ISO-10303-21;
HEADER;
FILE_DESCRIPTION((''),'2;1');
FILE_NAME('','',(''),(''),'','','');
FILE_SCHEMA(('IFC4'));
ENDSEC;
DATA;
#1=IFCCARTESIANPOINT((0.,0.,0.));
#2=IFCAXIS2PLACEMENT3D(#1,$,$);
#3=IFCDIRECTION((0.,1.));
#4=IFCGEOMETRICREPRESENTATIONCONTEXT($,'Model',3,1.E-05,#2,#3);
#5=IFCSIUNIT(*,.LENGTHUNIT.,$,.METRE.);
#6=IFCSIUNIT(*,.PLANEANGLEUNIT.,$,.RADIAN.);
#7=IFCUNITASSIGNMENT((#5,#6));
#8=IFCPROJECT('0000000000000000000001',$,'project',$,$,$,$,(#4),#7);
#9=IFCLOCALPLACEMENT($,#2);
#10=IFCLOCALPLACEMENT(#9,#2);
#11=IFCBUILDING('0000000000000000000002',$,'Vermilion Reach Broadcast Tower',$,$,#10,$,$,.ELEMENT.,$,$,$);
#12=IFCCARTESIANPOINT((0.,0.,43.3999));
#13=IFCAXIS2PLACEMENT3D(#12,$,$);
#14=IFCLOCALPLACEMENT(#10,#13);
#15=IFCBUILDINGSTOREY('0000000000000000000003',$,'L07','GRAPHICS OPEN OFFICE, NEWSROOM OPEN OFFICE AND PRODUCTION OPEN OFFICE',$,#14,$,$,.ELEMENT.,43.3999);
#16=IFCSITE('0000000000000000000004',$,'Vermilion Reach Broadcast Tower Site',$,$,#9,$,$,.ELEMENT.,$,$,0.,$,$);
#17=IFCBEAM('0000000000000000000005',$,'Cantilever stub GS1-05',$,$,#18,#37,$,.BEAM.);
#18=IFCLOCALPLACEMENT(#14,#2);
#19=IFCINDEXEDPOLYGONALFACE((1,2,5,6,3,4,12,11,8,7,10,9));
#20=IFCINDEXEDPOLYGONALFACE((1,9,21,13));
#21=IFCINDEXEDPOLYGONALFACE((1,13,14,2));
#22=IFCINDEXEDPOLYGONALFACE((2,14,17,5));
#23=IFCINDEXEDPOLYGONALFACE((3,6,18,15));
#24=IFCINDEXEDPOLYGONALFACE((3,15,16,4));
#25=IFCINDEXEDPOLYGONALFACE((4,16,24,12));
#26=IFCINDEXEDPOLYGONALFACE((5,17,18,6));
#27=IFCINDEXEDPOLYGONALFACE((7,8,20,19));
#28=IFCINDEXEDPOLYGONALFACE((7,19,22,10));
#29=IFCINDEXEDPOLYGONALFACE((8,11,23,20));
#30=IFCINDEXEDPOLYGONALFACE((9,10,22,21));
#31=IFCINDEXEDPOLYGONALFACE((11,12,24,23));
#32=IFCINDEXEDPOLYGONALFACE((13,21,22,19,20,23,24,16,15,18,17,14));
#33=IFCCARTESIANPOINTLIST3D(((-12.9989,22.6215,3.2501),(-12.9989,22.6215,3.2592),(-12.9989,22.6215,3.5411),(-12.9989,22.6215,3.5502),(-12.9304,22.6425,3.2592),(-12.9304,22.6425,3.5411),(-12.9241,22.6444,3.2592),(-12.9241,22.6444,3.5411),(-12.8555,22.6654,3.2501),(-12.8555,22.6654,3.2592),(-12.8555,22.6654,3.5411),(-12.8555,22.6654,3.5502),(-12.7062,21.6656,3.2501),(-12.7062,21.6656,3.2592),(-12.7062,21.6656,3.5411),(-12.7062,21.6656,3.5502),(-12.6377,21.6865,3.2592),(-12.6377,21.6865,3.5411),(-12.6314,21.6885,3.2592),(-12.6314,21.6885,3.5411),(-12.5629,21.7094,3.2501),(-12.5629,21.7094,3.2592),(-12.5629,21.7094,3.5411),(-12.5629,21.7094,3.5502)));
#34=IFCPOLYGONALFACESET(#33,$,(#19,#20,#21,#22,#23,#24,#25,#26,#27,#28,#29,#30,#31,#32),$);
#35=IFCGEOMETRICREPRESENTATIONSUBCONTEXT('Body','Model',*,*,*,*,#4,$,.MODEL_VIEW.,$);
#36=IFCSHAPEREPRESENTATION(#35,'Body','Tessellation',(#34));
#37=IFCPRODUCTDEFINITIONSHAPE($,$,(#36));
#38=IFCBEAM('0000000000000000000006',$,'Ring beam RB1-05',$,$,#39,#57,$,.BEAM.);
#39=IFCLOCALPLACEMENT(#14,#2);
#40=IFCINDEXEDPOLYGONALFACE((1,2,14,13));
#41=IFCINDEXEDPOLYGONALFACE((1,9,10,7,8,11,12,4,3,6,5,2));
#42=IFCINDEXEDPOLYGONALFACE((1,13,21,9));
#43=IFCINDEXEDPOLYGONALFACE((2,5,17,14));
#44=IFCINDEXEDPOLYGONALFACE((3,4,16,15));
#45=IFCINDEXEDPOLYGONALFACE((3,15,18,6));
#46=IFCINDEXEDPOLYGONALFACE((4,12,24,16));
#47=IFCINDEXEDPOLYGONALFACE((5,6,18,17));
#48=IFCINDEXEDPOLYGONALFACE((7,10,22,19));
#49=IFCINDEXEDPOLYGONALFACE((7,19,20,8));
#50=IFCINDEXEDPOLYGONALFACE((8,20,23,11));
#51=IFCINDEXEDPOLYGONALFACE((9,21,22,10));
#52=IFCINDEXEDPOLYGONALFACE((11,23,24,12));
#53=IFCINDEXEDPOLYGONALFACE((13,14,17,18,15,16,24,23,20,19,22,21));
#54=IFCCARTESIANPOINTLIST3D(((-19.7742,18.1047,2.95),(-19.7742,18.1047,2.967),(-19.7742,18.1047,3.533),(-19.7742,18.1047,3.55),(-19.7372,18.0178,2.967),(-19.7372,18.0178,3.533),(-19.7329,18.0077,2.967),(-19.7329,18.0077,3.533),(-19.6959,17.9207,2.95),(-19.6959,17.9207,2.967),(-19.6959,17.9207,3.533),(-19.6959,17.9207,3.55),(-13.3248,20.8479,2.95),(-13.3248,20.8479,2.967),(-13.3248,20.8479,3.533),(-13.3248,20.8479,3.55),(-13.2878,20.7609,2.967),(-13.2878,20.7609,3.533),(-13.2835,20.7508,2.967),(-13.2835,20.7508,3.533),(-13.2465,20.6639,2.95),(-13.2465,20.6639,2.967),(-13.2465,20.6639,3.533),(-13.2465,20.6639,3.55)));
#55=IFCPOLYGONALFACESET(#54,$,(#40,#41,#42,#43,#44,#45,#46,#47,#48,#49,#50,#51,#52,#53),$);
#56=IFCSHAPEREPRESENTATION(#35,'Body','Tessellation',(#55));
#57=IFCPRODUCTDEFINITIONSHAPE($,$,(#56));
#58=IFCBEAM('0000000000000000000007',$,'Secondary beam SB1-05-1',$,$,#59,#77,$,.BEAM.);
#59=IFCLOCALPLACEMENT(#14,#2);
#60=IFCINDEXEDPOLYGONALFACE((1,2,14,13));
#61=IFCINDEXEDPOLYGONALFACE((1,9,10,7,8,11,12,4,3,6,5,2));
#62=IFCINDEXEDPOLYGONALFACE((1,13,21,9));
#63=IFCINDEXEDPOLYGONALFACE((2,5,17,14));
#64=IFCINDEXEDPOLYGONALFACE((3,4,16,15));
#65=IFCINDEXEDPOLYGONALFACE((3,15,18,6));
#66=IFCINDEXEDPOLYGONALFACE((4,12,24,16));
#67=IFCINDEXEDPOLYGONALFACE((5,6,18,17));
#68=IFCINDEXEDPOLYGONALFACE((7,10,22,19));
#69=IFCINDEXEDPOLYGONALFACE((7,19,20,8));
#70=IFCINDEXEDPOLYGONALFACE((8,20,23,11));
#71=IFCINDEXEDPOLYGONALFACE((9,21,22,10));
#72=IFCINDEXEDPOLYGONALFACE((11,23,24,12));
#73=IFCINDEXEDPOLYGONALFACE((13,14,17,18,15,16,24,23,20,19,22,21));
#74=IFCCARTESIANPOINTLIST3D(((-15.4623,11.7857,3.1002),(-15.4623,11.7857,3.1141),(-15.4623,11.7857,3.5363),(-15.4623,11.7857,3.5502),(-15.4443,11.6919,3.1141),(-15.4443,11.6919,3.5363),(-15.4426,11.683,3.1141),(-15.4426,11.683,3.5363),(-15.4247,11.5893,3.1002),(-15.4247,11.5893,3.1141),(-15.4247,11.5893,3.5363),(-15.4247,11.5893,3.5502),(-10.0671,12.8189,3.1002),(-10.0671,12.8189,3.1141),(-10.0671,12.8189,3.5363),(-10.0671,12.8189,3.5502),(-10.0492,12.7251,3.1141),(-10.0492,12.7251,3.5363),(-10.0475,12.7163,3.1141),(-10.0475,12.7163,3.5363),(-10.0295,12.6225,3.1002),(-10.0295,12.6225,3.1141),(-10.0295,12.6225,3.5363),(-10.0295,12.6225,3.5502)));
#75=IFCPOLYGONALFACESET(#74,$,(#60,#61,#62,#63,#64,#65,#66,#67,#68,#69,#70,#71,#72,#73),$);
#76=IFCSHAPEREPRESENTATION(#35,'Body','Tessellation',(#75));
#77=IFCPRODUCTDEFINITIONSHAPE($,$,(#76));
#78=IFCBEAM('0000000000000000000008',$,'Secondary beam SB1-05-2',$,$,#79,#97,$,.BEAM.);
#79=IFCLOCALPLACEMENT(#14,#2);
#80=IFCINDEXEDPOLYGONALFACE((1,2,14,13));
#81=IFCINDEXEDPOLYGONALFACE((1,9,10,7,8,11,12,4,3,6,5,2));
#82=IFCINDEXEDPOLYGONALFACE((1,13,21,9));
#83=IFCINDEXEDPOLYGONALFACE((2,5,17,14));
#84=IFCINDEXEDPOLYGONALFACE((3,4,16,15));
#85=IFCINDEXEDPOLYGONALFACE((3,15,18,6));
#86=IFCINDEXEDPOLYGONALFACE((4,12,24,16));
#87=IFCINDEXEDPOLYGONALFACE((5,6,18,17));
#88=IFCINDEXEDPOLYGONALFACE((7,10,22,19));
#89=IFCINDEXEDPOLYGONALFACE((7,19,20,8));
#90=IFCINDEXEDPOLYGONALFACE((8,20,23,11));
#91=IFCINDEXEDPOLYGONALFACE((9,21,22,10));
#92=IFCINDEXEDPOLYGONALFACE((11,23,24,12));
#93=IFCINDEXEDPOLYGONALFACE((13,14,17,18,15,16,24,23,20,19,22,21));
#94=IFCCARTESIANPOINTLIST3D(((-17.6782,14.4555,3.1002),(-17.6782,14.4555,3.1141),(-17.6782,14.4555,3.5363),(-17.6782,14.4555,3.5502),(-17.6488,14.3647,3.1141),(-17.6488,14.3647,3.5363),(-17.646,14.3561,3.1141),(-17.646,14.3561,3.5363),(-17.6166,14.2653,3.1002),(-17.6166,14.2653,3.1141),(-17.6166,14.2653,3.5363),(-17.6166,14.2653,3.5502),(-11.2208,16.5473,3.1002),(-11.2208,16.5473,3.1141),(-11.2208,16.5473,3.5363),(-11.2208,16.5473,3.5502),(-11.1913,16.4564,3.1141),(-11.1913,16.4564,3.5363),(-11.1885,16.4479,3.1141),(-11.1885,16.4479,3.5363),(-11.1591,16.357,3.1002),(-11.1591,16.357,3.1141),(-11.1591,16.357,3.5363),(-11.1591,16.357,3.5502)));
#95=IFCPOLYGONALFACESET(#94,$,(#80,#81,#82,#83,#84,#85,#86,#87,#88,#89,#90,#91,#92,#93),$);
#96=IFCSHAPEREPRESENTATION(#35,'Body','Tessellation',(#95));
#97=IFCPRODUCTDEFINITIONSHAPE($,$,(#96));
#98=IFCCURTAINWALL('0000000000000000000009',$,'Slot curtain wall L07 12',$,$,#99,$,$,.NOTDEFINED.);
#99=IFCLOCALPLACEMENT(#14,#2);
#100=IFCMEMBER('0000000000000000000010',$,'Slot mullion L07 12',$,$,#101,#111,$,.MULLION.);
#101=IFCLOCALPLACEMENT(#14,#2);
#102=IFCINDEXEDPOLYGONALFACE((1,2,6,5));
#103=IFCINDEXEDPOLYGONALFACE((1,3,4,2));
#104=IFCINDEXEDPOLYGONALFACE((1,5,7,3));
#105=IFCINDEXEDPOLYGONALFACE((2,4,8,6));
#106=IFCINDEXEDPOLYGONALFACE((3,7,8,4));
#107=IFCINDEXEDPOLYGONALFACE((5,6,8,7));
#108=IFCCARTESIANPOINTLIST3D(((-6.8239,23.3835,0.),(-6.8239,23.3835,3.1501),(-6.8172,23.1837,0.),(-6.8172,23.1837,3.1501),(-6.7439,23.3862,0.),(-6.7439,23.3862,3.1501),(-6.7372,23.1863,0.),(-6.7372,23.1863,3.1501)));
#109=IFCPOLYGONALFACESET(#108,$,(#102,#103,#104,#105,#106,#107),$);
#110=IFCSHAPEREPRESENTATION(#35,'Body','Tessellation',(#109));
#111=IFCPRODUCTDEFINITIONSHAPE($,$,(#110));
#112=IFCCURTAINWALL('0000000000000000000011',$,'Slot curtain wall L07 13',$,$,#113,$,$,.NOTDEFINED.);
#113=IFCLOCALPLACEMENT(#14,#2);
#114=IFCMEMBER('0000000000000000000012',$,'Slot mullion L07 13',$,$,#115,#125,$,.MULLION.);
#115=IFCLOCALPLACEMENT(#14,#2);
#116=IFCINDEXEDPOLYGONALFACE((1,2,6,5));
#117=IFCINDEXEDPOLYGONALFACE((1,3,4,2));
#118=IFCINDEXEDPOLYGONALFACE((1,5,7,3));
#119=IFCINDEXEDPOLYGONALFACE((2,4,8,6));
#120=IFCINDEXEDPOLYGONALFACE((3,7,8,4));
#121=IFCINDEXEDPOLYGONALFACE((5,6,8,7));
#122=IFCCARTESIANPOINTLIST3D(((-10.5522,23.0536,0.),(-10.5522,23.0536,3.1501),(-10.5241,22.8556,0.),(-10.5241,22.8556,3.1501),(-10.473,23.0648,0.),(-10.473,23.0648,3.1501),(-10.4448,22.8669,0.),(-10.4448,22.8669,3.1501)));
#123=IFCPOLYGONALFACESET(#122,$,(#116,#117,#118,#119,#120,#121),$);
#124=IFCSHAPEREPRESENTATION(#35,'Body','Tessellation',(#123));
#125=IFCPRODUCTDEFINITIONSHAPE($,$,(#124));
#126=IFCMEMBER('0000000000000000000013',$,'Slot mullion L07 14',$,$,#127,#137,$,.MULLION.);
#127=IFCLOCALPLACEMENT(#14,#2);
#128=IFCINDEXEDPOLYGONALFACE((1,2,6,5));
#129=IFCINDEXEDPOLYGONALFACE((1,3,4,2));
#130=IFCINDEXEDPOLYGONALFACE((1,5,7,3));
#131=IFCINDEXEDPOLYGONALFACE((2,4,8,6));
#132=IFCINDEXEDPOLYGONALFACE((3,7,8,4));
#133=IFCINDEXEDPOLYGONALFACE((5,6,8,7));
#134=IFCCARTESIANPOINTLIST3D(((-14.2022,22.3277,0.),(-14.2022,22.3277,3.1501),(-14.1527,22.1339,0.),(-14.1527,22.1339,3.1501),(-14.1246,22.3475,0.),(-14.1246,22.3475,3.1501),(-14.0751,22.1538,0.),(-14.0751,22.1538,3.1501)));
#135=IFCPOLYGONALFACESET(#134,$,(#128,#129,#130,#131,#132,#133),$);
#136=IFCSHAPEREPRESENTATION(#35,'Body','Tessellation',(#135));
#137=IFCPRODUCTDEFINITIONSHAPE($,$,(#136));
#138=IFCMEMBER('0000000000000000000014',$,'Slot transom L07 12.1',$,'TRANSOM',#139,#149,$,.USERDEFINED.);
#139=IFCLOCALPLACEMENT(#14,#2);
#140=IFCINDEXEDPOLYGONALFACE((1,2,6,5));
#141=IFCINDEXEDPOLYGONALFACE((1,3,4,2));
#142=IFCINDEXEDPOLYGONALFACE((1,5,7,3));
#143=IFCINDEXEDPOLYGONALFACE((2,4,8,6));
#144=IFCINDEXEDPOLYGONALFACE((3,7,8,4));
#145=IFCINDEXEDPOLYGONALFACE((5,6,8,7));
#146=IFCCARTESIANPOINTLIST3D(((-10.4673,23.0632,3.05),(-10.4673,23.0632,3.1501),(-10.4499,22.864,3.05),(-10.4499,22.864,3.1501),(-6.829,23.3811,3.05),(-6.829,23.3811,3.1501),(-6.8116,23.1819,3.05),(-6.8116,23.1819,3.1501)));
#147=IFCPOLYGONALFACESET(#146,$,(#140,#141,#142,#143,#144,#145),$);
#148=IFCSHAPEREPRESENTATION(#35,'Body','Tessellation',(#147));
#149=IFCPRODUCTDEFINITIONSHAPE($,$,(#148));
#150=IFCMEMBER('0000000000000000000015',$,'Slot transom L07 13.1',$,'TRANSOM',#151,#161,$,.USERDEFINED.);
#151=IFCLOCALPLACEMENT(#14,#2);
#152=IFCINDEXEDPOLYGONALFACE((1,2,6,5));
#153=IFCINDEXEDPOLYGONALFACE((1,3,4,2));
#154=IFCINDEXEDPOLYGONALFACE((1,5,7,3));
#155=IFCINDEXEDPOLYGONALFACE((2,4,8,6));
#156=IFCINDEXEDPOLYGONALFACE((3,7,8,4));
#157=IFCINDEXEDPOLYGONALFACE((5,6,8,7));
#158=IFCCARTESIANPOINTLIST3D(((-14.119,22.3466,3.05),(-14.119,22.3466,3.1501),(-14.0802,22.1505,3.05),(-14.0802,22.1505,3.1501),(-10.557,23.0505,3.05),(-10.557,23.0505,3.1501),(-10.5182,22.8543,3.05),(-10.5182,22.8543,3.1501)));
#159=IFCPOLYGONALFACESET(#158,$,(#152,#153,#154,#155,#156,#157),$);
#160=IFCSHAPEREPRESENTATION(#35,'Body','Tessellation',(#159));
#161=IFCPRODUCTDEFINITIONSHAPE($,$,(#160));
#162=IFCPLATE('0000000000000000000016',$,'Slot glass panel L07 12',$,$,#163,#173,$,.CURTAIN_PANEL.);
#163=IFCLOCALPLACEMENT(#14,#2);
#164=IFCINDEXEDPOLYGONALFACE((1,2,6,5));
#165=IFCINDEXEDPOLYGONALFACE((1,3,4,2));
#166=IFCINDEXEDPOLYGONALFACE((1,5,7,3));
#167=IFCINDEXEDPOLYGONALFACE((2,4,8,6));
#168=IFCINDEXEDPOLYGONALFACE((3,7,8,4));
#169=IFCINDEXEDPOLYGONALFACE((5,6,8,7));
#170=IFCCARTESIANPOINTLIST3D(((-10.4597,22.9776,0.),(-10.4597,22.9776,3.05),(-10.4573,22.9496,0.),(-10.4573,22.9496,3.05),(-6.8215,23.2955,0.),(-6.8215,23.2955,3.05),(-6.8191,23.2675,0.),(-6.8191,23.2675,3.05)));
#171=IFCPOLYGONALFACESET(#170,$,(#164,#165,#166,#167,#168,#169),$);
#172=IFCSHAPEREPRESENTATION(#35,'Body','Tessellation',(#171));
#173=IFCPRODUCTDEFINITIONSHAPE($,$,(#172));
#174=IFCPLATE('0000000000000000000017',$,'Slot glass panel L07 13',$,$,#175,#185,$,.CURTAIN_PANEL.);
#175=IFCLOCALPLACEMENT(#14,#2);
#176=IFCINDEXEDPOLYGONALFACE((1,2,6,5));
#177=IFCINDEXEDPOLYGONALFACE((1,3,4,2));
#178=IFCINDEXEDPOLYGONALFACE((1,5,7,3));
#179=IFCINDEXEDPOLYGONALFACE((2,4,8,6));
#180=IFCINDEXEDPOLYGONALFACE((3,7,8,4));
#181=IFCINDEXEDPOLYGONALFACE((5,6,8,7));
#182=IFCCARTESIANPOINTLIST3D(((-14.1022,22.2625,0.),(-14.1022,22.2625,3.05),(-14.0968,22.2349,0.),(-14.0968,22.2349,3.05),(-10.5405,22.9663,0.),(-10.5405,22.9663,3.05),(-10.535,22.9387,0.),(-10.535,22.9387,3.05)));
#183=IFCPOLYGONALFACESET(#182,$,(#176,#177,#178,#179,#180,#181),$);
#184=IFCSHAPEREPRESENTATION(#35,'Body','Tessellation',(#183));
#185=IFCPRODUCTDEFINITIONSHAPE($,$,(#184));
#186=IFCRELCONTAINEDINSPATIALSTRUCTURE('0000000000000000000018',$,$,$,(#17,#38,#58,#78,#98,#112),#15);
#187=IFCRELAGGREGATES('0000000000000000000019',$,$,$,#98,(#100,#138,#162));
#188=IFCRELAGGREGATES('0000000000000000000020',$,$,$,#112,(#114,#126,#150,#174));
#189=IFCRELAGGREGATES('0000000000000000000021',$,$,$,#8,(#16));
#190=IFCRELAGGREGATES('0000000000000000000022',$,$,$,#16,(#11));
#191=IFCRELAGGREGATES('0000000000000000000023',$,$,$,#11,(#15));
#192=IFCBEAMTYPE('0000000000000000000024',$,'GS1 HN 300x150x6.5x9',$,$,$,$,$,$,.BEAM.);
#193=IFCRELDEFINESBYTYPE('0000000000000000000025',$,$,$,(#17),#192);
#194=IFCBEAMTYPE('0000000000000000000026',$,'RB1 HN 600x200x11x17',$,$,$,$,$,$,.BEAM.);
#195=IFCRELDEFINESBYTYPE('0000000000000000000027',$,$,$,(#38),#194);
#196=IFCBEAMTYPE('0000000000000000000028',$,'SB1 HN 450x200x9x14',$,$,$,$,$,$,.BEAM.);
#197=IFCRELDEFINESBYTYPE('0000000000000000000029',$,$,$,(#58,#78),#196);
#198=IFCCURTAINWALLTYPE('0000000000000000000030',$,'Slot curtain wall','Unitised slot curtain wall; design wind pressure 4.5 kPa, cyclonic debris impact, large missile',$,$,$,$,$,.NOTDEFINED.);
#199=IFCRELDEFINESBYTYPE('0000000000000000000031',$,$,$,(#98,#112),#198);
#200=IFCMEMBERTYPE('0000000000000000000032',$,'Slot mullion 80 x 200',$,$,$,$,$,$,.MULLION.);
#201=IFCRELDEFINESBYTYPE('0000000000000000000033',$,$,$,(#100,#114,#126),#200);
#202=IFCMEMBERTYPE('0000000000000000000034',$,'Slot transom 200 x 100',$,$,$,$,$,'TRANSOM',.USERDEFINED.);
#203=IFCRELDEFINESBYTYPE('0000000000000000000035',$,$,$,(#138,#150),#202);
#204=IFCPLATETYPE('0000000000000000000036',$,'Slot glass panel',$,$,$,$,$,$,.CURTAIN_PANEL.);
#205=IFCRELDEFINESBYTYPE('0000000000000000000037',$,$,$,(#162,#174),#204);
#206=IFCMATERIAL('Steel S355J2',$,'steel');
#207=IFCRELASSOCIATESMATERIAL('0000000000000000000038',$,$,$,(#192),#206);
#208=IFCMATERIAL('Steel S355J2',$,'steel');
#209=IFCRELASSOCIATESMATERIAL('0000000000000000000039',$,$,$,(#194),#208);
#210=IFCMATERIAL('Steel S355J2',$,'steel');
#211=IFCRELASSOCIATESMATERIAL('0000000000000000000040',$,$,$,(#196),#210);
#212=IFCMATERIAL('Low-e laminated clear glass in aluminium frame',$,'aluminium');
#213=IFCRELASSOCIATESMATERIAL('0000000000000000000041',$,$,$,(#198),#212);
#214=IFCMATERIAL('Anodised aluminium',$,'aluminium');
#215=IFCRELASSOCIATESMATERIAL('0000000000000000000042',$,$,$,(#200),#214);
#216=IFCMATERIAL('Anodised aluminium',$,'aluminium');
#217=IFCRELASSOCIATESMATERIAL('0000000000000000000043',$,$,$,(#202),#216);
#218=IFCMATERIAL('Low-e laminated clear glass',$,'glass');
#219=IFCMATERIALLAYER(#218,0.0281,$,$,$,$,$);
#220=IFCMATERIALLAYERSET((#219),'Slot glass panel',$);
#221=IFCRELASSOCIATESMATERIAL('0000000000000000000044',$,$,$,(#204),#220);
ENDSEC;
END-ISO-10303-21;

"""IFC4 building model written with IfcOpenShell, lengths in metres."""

from ifc_helpers import new_model, si_unit, direction, frame, origin, origin_2d, place, context, subcontext, project, spatial, rectangle, i_section, extrude, material, layer, layer_set, material_profile, profile_set, type_object, element, aggregate, save


model = new_model("IFC4")

# Units and contexts
model_context = context("Model", 3, precision=1e-05, world=origin(), true_north=direction((0.0, 1.0)))
body_context = subcontext(model_context, "Body", "Model", "MODEL_VIEW")
ifc_project = project(units=[si_unit("LENGTHUNIT", "METRE"), si_unit("PLANEANGLEUNIT", "RADIAN")], contexts=[model_context])

# Site, building, storey
site_placement = place(None, origin())
site = spatial("IfcSite", under=ifc_project, at=site_placement, Name="Vermilion Reach Broadcast Tower Site", CompositionType="ELEMENT", RefElevation=0.0)
building_placement = place(site_placement, origin())
building = spatial("IfcBuilding", under=site, at=building_placement, Name="Vermilion Reach Broadcast Tower", CompositionType="ELEMENT")
storey_placement = place(building_placement, frame((0.0, 0.0, 43.3999)))
storey = spatial("IfcBuildingStorey", under=building, at=storey_placement, Name="L07", Description="GRAPHICS OPEN OFFICE, NEWSROOM OPEN OFFICE AND PRODUCTION OPEN OFFICE", CompositionType="ELEMENT", Elevation=43.3999)

# Beams
ifc_material_1 = material(Name="Steel S355J2", Category="steel")
ifc_material_profile_1 = material_profile(ifc_material_1, i_section(OverallWidth=0.1499, OverallDepth=0.3, WebThickness=0.0066, FlangeThickness=0.009, at=origin_2d()), Name="S355J2 HN 300x150x6.5x9")
ifc_profile_set_1 = profile_set([ifc_material_profile_1], Name="Steel S355J2")
beam_type_1 = type_object("IfcBeamType", Name="GS1 HN 300x150x6.5x9", PredefinedType="BEAM", material=ifc_profile_set_1)
beam_1_placement = place(storey_placement, frame((-12.6345, 21.6875, 3.4001), z_axis=(-0.292764, 0.956185, 0.0), x_axis=(-0.956185, -0.292764, 0.0)))
element("IfcBeam", 1, at=beam_1_placement, inside=storey, type_object=beam_type_1, Name="Cantilever stub GS1-05", PredefinedType="BEAM", context=body_context, shape_type="SweptSolid", body=[
    extrude(i_section(OverallWidth=0.1499, OverallDepth=0.3, WebThickness=0.0066, FlangeThickness=0.009, at=origin_2d()), origin(), (0.0, 0.0, 1.0), 0.9998),
])
ifc_material_2 = material(Name="Steel S355J2", Category="steel")
ifc_material_profile_2 = material_profile(ifc_material_2, i_section(OverallWidth=0.2, OverallDepth=0.6001, WebThickness=0.011, FlangeThickness=0.0171, at=origin_2d()), Name="S355J2 HN 600x200x11x17")
ifc_profile_set_2 = profile_set([ifc_material_profile_2], Name="Steel S355J2")
beam_type_2 = type_object("IfcBeamType", Name="RB1 HN 600x200x11x17", PredefinedType="BEAM", material=ifc_profile_set_2)
beam_2_placement = place(storey_placement, frame((-13.2856, 20.7559, 3.25), z_axis=(-0.920221, -0.3914, 0.0), x_axis=(0.3914, -0.920221, 0.0)))
element("IfcBeam", 2, at=beam_2_placement, inside=storey, type_object=beam_type_2, Name="Ring beam RB1-05", PredefinedType="BEAM", context=body_context, shape_type="SweptSolid", body=[
    extrude(i_section(OverallWidth=0.2, OverallDepth=0.6001, WebThickness=0.011, FlangeThickness=0.0171, at=origin_2d()), origin(), (0.0, 0.0, 1.0), 7.0085),
])
ifc_material_3 = material(Name="Steel S355J2", Category="steel")
ifc_material_profile_3 = material_profile(ifc_material_3, i_section(OverallWidth=0.2, OverallDepth=0.45, WebThickness=0.009, FlangeThickness=0.0139, at=origin_2d()), Name="S355J2 HN 450x200x9x14")
ifc_profile_set_3 = profile_set([ifc_material_profile_3], Name="Steel S355J2")
beam_type_3 = type_object("IfcBeamType", Name="SB1 HN 450x200x9x14", PredefinedType="BEAM", material=ifc_profile_set_3)
beam_3_placement = place(storey_placement, frame((-10.0483, 12.7207, 3.3252), z_axis=(-0.982151, -0.188092, 0.0), x_axis=(0.188092, -0.982151, 0.0)))
element("IfcBeam", 3, at=beam_3_placement, inside=storey, type_object=beam_type_3, Name="Secondary beam SB1-05-1", PredefinedType="BEAM", context=body_context, shape_type="SweptSolid", body=[
    extrude(i_section(OverallWidth=0.2, OverallDepth=0.45, WebThickness=0.009, FlangeThickness=0.0139, at=origin_2d()), origin(), (0.0, 0.0, 1.0), 5.4932),
])
beam_4_placement = place(storey_placement, frame((-11.1899, 16.4521, 3.3252), z_axis=(-0.951332, -0.308167, 0.0), x_axis=(0.308167, -0.951332, 0.0)))
element("IfcBeam", 4, at=beam_4_placement, inside=storey, type_object=beam_type_3, Name="Secondary beam SB1-05-2", PredefinedType="BEAM", context=body_context, shape_type="SweptSolid", body=[
    extrude(i_section(OverallWidth=0.2, OverallDepth=0.45, WebThickness=0.009, FlangeThickness=0.0139, at=origin_2d()), origin(), (0.0, 0.0, 1.0), 6.7878),
])

# Curtain wall, member
ifc_material_4 = material(Name="Low-e laminated clear glass in aluminium frame", Category="aluminium")
curtain_wall_type = type_object("IfcCurtainWallType", Name="Slot curtain wall", Description="Unitised slot curtain wall; design wind pressure 4.5 kPa, cyclonic debris impact, large missile", PredefinedType="NOTDEFINED", material=ifc_material_4)
placement = place(storey_placement, origin())
curtain_wall_1 = element("IfcCurtainWall", 5, at=placement, inside=storey, type_object=curtain_wall_type, Name="Slot curtain wall L07 12", PredefinedType="NOTDEFINED")
ifc_material_5 = material(Name="Anodised aluminium", Category="aluminium")
ifc_material_profile_4 = material_profile(ifc_material_5, rectangle(XDim=0.2, YDim=0.0801, at=origin_2d()), Name="Slot mullion 80 x 200")
ifc_profile_set_4 = profile_set([ifc_material_profile_4], Name="Anodised aluminium")
member_type_1 = type_object("IfcMemberType", Name="Slot mullion 80 x 200", PredefinedType="MULLION", material=ifc_profile_set_4)
member_1_placement = place(storey_placement, frame((-6.7805, 23.2849, 0.0), z_axis=(0.0, 0.0, 1.0), x_axis=(0.033504, -0.999439, 0.0)))
member_1 = element("IfcMember", 6, at=member_1_placement, type_object=member_type_1, Name="Slot mullion L07 12", PredefinedType="MULLION", context=body_context, shape_type="SweptSolid", body=[
    extrude(rectangle(XDim=0.2, YDim=0.0801, at=origin_2d()), origin(), (0.0, 0.0, 1.0), 3.1501),
])

# Curtain wall, members
curtain_wall_2 = element("IfcCurtainWall", 7, at=placement, inside=storey, type_object=curtain_wall_type, Name="Slot curtain wall L07 13", PredefinedType="NOTDEFINED")
member_2_placement = place(storey_placement, frame((-10.4985, 22.9602, 0.0), z_axis=(0.0, 0.0, 1.0), x_axis=(0.140658, -0.990058, 0.0)))
member_2 = element("IfcMember", 8, at=member_2_placement, type_object=member_type_1, Name="Slot mullion L07 13", PredefinedType="MULLION", context=body_context, shape_type="SweptSolid", body=[
    extrude(rectangle(XDim=0.2, YDim=0.0801, at=origin_2d()), origin(), (0.0, 0.0, 1.0), 3.1501),
])
member_3_placement = place(storey_placement, frame((-14.1387, 22.2407, 0.0), z_axis=(0.0, 0.0, 1.0), x_axis=(0.247354, -0.968925, 0.0)))
member_3 = element("IfcMember", 9, at=member_3_placement, type_object=member_type_1, Name="Slot mullion L07 14", PredefinedType="MULLION", context=body_context, shape_type="SweptSolid", body=[
    extrude(rectangle(XDim=0.2, YDim=0.0801, at=origin_2d()), origin(), (0.0, 0.0, 1.0), 3.1501),
])

# Members
ifc_material_6 = material(Name="Anodised aluminium", Category="aluminium")
ifc_material_profile_5 = material_profile(ifc_material_6, rectangle(XDim=0.2, YDim=0.1001, at=origin_2d()), Name="Slot transom 200 x 100")
ifc_profile_set_5 = profile_set([ifc_material_profile_5], Name="Anodised aluminium")
member_type_2 = type_object("IfcMemberType", Name="Slot transom 200 x 100", ElementType="TRANSOM", PredefinedType="USERDEFINED", material=ifc_profile_set_5)
member_4_placement = place(storey_placement, frame((-6.8203, 23.2815, 3.1001), z_axis=(-0.996205, -0.087039, 0.0), x_axis=(0.087039, -0.996205, 0.0)))
member_4 = element("IfcMember", 10, at=member_4_placement, type_object=member_type_2, Name="Slot transom L07 12.1", ObjectType="TRANSOM", PredefinedType="USERDEFINED", context=body_context, shape_type="SweptSolid", body=[
    extrude(rectangle(XDim=0.2, YDim=0.1001, at=origin_2d()), origin(), (0.0, 0.0, 1.0), 3.6521),
])
member_5_placement = place(storey_placement, frame((-10.5376, 22.9524, 3.1001), z_axis=(-0.981031, -0.193853, 0.0), x_axis=(0.193853, -0.981031, 0.0)))
member_5 = element("IfcMember", 11, at=member_5_placement, type_object=member_type_2, Name="Slot transom L07 13.1", ObjectType="TRANSOM", PredefinedType="USERDEFINED", context=body_context, shape_type="SweptSolid", body=[
    extrude(rectangle(XDim=0.2, YDim=0.1001, at=origin_2d()), origin(), (0.0, 0.0, 1.0), 3.6309),
])

# Plates
ifc_material_7 = material(Name="Low-e laminated clear glass", Category="glass")
ifc_layer_1 = layer(ifc_material_7, 0.0281)
ifc_layer_set_1 = layer_set([ifc_layer_1], Name="Slot glass panel")
plate_type = type_object("IfcPlateType", Name="Slot glass panel", PredefinedType="CURTAIN_PANEL", material=ifc_layer_set_1)
plate_1_placement = place(storey_placement, frame((-8.6394, 23.1226, 0.0), z_axis=(0.0, 0.0, 1.0), x_axis=(-0.996203, -0.087057, 0.0)))
plate_1 = element("IfcPlate", 12, at=plate_1_placement, type_object=plate_type, Name="Slot glass panel L07 12", PredefinedType="CURTAIN_PANEL", context=body_context, shape_type="SweptSolid", body=[
    extrude(rectangle(XDim=3.6521, YDim=0.0281, at=origin_2d()), origin(), (0.0, 0.0, 1.0), 3.05),
])
aggregate(curtain_wall_1, [member_1, member_4, plate_1])
plate_2_placement = place(storey_placement, frame((-12.3186, 22.6006, 0.0), z_axis=(0.0, 0.0, 1.0), x_axis=(-0.981031, -0.19385, 0.0)))
plate_2 = element("IfcPlate", 13, at=plate_2_placement, type_object=plate_type, Name="Slot glass panel L07 13", PredefinedType="CURTAIN_PANEL", context=body_context, shape_type="SweptSolid", body=[
    extrude(rectangle(XDim=3.6306, YDim=0.0281, at=origin_2d()), origin(), (0.0, 0.0, 1.0), 3.05),
])
aggregate(curtain_wall_2, [member_2, member_3, member_5, plate_2])

save(model, "model.ifc")
